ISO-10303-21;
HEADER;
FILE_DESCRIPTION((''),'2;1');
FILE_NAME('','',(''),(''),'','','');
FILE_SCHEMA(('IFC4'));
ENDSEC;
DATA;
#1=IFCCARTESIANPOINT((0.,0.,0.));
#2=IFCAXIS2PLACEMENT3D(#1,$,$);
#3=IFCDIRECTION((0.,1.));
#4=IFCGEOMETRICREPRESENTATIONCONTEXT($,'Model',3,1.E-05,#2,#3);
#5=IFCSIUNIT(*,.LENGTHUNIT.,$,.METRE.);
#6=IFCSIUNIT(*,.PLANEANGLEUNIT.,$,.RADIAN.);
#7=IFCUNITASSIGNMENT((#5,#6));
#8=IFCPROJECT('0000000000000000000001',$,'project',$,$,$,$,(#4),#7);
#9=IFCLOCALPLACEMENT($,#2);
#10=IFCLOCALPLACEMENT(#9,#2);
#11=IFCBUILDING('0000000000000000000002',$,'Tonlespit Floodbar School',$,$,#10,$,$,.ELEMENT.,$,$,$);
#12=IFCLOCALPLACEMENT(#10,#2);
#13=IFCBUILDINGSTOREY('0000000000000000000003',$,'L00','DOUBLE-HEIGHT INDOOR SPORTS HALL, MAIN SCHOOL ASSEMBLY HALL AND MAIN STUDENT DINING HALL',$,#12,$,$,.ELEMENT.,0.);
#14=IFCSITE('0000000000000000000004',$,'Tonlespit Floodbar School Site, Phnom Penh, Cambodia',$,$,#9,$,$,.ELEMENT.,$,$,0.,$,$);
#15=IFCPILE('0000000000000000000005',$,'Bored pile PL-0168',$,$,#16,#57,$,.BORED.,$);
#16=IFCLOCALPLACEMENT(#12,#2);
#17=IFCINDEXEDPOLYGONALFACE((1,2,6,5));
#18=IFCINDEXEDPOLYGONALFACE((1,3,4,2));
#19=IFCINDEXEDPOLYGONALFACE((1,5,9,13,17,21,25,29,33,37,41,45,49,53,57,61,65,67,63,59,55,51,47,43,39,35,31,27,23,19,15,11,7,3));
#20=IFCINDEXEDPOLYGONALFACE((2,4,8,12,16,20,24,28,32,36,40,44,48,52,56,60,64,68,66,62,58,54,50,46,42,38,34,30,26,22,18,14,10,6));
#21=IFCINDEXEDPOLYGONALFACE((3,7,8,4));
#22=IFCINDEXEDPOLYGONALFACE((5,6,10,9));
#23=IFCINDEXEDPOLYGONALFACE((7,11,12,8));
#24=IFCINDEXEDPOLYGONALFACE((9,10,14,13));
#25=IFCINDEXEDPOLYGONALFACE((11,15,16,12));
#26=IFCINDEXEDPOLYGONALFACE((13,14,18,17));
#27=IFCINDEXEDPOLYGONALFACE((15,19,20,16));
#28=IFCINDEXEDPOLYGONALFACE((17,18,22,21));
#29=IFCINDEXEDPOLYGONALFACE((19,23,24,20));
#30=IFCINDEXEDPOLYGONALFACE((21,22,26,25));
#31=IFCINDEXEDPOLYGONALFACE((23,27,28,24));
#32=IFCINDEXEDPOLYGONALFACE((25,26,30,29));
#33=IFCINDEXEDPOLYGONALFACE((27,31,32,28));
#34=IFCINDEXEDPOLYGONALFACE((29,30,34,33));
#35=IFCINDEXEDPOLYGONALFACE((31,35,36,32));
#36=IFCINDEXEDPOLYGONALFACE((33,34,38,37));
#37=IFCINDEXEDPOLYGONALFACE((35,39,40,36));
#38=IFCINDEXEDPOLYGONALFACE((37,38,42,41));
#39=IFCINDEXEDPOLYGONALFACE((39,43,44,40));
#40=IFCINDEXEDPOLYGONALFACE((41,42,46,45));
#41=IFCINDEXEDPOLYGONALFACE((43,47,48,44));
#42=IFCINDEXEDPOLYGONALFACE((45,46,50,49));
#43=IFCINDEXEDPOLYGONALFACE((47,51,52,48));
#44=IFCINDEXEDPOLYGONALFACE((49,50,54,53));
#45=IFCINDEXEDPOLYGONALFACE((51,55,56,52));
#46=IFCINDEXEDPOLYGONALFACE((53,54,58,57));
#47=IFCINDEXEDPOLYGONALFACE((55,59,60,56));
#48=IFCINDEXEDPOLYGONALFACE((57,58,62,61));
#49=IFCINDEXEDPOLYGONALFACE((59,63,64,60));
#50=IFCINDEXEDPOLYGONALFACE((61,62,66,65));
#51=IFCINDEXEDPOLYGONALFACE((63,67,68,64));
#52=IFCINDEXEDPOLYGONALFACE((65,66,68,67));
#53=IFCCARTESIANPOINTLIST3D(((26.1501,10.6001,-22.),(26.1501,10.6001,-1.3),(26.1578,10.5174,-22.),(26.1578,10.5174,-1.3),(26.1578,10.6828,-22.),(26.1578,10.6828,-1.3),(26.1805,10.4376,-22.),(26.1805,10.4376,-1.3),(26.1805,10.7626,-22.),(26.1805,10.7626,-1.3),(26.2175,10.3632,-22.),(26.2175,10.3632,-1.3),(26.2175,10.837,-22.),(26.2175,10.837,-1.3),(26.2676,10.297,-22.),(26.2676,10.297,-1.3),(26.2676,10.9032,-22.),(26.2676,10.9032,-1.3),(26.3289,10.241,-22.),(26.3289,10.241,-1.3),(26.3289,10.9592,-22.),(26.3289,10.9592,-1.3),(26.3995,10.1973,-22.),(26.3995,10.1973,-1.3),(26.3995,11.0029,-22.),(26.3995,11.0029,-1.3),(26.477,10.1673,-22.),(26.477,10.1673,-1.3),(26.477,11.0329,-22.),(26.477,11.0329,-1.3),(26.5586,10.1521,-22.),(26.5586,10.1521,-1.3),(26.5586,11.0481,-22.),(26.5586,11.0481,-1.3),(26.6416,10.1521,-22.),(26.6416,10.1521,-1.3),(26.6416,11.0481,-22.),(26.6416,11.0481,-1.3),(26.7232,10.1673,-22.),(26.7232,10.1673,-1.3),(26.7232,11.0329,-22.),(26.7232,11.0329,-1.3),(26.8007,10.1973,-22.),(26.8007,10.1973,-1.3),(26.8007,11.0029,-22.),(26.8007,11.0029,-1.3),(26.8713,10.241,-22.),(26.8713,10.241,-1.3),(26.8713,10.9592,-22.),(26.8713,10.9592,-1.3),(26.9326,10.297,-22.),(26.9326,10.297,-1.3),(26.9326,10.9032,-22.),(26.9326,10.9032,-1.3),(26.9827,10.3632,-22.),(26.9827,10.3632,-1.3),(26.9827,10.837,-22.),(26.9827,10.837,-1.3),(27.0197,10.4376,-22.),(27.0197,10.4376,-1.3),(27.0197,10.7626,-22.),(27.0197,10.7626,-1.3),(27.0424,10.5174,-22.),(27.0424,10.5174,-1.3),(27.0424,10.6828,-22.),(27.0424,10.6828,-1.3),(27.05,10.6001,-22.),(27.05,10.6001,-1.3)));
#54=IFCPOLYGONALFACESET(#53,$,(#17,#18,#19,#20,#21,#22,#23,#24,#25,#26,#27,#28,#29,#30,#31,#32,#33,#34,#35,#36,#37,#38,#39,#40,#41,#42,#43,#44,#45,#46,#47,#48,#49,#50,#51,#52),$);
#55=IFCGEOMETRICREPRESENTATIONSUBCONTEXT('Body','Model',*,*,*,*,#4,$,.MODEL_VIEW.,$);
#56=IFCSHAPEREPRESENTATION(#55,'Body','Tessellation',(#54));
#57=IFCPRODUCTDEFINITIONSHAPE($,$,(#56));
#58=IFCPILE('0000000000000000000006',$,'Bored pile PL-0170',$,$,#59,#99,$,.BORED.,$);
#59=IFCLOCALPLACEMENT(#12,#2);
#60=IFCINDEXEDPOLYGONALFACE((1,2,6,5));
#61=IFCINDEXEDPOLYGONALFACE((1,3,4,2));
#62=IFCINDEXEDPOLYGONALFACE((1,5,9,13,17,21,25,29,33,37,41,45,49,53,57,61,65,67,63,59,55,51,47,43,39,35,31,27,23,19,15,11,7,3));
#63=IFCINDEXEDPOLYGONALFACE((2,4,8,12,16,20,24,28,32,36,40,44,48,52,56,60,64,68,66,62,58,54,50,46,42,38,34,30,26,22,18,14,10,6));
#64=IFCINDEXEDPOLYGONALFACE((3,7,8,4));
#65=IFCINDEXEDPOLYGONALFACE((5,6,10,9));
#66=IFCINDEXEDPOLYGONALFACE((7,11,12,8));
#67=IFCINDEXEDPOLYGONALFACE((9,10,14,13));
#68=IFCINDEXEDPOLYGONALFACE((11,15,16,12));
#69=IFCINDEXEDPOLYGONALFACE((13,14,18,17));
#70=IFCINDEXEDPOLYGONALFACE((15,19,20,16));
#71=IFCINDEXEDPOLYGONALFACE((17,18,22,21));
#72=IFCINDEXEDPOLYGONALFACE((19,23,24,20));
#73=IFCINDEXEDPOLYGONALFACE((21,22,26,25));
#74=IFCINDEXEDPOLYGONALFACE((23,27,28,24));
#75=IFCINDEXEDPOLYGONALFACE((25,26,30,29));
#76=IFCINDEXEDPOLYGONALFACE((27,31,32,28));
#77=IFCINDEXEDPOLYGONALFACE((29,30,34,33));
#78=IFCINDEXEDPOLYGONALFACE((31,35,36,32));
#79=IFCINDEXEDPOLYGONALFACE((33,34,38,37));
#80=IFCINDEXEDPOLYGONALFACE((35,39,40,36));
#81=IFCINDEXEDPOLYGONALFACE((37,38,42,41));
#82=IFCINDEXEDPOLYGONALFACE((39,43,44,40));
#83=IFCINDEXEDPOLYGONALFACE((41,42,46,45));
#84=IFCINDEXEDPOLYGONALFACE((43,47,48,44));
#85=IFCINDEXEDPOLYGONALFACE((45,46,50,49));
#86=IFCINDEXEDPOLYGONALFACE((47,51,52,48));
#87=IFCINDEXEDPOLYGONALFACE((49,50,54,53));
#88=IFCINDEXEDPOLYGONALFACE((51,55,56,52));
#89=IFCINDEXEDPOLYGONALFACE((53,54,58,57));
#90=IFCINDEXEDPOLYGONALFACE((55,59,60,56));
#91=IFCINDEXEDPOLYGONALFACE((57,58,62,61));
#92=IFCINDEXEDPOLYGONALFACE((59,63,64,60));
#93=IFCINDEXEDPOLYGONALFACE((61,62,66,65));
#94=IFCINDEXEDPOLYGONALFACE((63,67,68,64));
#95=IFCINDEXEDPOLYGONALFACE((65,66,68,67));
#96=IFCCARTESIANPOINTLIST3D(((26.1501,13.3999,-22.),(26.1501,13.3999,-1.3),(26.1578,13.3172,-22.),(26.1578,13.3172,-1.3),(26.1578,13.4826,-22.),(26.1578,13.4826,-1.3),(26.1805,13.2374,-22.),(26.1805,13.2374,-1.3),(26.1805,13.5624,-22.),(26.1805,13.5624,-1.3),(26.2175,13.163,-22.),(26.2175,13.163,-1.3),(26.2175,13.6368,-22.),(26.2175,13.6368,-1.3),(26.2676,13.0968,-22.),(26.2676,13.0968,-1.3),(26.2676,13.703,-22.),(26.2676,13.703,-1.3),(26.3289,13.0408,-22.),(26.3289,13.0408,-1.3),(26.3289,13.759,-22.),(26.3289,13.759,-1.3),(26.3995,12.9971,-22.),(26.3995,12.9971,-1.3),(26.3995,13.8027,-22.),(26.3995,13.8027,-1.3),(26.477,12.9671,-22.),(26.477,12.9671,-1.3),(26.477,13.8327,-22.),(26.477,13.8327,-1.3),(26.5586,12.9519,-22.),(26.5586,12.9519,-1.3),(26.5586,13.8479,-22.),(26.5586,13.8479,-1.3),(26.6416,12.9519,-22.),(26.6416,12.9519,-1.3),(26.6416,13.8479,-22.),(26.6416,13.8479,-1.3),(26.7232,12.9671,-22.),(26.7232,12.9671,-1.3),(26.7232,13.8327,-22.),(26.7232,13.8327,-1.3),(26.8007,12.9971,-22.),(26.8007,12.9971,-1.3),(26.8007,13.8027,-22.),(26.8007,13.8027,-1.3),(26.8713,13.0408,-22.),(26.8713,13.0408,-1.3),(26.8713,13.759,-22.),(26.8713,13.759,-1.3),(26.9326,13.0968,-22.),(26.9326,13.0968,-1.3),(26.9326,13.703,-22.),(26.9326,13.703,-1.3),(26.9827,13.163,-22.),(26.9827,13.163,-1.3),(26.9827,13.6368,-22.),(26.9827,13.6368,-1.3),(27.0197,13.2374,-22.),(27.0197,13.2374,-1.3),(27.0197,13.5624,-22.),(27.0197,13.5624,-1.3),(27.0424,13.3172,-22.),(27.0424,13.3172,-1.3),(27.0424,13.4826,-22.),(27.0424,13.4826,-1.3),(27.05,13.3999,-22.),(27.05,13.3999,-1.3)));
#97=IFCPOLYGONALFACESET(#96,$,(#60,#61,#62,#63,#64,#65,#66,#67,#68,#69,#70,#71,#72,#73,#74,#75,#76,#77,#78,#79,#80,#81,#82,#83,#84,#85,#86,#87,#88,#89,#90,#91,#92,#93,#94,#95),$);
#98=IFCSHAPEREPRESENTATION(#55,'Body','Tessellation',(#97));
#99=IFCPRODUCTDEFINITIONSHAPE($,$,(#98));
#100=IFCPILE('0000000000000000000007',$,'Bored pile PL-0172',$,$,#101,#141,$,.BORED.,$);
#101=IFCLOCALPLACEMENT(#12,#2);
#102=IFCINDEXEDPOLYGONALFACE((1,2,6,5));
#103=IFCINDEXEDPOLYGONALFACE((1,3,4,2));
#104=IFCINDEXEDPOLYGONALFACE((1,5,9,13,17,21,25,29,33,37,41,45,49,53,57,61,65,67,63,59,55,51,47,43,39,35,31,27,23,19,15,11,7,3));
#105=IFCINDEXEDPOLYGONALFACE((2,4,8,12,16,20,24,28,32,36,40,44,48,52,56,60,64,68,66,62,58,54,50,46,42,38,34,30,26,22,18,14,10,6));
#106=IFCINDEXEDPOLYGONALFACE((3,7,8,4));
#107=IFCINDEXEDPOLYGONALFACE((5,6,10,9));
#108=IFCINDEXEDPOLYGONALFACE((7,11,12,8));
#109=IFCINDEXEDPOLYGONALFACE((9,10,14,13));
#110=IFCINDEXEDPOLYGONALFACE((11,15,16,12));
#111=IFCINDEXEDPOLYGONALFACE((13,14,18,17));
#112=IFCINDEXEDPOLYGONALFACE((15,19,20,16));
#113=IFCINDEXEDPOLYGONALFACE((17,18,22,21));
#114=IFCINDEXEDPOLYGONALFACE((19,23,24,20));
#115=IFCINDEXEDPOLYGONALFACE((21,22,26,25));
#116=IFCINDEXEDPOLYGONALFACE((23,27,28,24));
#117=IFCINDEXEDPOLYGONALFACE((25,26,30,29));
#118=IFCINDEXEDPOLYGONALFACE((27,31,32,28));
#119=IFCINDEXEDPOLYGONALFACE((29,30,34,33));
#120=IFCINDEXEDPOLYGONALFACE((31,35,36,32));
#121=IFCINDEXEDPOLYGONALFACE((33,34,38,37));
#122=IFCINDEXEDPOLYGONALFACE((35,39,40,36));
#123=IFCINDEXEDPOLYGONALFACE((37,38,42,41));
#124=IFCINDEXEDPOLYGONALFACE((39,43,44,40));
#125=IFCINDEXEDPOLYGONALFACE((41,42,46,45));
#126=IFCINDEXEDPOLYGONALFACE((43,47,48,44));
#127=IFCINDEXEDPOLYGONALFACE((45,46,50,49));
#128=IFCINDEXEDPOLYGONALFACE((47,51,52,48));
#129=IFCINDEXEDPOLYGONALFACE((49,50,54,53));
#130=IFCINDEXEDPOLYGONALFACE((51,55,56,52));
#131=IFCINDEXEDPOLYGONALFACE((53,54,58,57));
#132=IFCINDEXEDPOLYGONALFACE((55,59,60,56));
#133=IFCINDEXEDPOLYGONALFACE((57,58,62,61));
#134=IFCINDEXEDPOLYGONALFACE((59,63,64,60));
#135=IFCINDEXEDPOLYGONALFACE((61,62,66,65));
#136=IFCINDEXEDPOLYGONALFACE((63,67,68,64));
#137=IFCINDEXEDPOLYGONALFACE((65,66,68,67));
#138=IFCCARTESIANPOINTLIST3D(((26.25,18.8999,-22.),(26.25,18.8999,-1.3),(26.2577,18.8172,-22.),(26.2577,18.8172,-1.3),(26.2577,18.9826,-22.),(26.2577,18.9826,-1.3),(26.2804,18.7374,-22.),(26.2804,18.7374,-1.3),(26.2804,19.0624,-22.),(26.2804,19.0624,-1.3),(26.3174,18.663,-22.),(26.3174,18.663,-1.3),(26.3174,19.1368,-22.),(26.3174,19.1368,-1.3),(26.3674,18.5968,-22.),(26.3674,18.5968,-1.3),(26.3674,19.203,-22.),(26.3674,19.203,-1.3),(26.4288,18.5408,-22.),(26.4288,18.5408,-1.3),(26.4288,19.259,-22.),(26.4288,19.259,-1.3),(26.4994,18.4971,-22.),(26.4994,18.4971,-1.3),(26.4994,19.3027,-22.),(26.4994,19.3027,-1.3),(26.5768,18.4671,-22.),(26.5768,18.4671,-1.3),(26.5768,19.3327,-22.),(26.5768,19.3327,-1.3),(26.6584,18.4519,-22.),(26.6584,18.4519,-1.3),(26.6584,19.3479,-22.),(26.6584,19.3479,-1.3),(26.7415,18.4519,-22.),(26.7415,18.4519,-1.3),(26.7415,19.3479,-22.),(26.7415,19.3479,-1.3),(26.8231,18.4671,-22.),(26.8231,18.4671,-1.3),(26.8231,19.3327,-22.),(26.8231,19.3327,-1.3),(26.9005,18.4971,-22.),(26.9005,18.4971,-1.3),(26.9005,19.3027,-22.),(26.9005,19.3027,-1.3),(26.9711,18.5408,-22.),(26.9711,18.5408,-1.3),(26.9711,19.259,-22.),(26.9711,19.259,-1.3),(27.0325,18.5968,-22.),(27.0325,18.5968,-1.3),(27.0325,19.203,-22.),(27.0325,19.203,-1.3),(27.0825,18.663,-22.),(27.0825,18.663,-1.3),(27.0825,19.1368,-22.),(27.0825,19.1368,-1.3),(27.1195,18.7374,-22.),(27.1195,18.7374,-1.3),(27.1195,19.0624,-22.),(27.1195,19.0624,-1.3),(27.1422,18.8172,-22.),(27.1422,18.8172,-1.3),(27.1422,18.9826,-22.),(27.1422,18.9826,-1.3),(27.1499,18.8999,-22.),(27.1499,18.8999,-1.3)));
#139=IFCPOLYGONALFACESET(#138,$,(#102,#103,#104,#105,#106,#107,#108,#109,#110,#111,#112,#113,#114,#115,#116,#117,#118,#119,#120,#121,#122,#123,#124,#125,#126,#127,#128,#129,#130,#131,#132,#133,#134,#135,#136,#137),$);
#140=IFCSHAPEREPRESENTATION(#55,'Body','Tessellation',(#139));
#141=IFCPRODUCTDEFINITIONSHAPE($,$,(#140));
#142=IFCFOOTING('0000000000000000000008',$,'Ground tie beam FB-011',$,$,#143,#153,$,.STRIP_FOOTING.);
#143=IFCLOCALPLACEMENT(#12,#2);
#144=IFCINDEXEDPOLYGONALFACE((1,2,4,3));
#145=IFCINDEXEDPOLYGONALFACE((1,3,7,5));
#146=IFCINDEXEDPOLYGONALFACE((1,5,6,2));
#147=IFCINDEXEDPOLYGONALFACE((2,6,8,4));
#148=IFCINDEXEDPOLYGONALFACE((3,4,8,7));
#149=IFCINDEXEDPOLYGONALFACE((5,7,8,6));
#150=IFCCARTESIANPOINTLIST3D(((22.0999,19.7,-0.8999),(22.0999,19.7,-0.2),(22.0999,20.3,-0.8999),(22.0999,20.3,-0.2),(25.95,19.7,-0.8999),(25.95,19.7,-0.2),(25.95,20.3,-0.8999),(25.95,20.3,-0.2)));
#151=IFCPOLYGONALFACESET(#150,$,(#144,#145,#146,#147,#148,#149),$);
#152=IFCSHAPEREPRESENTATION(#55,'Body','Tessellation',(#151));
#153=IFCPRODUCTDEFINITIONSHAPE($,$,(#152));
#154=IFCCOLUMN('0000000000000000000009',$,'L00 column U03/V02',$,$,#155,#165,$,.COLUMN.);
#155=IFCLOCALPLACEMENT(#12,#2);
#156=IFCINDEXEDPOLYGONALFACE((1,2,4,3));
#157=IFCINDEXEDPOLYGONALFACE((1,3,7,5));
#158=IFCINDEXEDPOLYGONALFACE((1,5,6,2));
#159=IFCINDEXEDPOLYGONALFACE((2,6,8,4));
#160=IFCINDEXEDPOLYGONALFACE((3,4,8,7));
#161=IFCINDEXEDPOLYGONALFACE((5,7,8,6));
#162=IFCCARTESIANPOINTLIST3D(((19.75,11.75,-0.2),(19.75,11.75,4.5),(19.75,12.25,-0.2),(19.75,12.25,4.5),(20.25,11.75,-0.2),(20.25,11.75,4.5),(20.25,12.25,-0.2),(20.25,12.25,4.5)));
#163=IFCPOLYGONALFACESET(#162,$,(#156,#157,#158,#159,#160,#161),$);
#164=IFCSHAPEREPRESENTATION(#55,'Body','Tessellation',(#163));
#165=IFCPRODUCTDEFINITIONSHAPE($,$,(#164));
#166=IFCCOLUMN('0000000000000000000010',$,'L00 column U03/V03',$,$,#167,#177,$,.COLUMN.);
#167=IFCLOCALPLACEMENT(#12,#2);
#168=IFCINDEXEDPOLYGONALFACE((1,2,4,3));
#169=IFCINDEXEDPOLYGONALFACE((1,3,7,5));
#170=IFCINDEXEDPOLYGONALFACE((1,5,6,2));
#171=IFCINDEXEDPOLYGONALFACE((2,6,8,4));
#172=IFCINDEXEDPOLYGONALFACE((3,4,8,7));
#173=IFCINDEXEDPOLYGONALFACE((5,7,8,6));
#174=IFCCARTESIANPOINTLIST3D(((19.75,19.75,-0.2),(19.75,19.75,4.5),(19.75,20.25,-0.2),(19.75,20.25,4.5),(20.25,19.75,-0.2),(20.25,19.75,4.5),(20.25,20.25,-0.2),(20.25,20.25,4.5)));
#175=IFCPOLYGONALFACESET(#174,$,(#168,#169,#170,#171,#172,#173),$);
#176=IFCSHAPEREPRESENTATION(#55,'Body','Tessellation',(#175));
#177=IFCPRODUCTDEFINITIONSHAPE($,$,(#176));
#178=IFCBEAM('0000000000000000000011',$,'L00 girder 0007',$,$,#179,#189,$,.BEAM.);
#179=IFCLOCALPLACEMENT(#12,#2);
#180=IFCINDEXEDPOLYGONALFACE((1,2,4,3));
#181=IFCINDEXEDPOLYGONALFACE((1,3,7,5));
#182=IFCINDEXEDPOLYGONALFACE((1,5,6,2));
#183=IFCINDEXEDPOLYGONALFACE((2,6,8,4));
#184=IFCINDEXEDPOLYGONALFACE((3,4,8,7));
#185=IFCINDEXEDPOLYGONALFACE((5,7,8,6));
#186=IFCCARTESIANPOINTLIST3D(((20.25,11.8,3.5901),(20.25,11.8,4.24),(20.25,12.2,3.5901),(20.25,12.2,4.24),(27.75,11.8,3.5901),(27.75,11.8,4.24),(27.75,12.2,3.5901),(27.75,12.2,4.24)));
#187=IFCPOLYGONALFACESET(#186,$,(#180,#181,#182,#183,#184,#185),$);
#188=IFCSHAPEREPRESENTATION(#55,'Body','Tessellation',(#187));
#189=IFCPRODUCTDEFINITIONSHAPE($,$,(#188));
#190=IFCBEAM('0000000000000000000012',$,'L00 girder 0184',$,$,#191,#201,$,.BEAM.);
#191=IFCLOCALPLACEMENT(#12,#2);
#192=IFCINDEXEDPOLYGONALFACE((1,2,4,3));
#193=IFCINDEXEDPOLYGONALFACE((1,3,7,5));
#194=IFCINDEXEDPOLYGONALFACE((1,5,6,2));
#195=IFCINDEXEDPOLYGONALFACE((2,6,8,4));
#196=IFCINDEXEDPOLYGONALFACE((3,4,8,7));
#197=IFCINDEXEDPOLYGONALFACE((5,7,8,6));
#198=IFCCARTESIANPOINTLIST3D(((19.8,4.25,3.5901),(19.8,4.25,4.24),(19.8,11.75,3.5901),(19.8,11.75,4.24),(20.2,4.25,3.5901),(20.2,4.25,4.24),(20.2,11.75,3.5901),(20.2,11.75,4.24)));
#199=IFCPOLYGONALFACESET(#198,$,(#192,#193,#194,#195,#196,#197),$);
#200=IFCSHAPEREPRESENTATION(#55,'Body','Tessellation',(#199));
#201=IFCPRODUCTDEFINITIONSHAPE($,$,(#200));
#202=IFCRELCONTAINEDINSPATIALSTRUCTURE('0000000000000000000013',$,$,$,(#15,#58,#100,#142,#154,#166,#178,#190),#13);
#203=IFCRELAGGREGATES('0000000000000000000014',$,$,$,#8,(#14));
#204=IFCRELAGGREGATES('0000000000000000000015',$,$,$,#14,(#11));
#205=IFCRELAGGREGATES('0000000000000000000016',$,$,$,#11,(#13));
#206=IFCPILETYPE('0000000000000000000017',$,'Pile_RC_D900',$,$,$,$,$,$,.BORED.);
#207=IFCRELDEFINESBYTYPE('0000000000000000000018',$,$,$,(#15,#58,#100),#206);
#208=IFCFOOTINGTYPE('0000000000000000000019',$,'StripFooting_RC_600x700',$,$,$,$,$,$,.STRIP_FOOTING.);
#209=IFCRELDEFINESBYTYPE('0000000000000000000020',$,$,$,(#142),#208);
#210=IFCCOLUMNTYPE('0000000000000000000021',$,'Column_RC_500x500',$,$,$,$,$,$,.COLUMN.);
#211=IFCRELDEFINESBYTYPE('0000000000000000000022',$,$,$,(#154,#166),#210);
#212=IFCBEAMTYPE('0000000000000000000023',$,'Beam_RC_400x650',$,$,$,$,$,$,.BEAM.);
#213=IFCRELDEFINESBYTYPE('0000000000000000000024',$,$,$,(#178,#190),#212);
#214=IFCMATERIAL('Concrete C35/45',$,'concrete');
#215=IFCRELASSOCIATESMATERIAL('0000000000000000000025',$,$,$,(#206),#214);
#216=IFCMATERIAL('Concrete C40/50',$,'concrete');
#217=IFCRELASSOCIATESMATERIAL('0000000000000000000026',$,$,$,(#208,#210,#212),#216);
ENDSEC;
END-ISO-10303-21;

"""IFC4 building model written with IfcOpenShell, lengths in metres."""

from ifc_helpers import new_model, si_unit, direction, frame, origin, origin_2d, place, context, subcontext, project, spatial, rectangle, circle, extrude, material, material_profile, profile_set, type_object, element, save


model = new_model("IFC4")

# Units and contexts
model_context = context("Model", 3, precision=1e-05, world=origin(), true_north=direction((0.0, 1.0)))
body_context = subcontext(model_context, "Body", "Model", "MODEL_VIEW")
ifc_project = project(units=[si_unit("LENGTHUNIT", "METRE"), si_unit("PLANEANGLEUNIT", "RADIAN")], contexts=[model_context])

# Site, building, storey
site_placement = place(None, origin())
site = spatial("IfcSite", under=ifc_project, at=site_placement, Name="Tonlespit Floodbar School Site, Phnom Penh, Cambodia", CompositionType="ELEMENT", RefElevation=0.0)
building_placement = place(site_placement, origin())
building = spatial("IfcBuilding", under=site, at=building_placement, Name="Tonlespit Floodbar School", CompositionType="ELEMENT")
storey_placement = place(building_placement, origin())
storey = spatial("IfcBuildingStorey", under=building, at=storey_placement, Name="L00", Description="DOUBLE-HEIGHT INDOOR SPORTS HALL, MAIN SCHOOL ASSEMBLY HALL AND MAIN STUDENT DINING HALL", CompositionType="ELEMENT", Elevation=0.0)

# Shared definitions
ifc_material_1 = material(Name="Concrete C40/50", Category="concrete")

# Piles
ifc_material_2 = material(Name="Concrete C35/45", Category="concrete")
ifc_material_profile_1 = material_profile(ifc_material_2, circle(Radius=0.45, at=origin_2d()), Name="BP D900")
ifc_profile_set_1 = profile_set([ifc_material_profile_1], Name="Concrete C35/45")
pile_type = type_object("IfcPileType", Name="Pile_RC_D900", PredefinedType="BORED", material=ifc_profile_set_1)
for number, where, z_axis, x_axis, name in (
    (1, (26.6001, 10.6001, -1.3), (0.0, 0.0, -1.0), (1.0, 0.0, 0.0), "Bored pile PL-0168"),
    (2, (26.6001, 13.3999, -1.3), (0.0, 0.0, -1.0), (1.0, 0.0, 0.0), "Bored pile PL-0170"),
    (3, (26.7, 18.8999, -1.3), (0.0, 0.0, -1.0), (1.0, 0.0, 0.0), "Bored pile PL-0172"),
):
    element("IfcPile", number, at=place(storey_placement, frame(where, z_axis=z_axis, x_axis=x_axis)), inside=storey, type_object=pile_type, Name=name, PredefinedType="BORED", context=body_context, shape_type="SweptSolid", body=[
        extrude(circle(Radius=0.45, at=origin_2d()), origin(), (0.0, 0.0, 1.0), 20.7),
    ])

# Footing
footing_type_1 = type_object("IfcFootingType", Name="StripFooting_RC_600x700", PredefinedType="STRIP_FOOTING", material=ifc_material_1)
footing_1_placement = place(storey_placement, frame((24.0249, 20.0, -0.8999), z_axis=(0.0, 0.0, 1.0), x_axis=(1.0, 0.0, 0.0)))
element("IfcFooting", 4, at=footing_1_placement, inside=storey, type_object=footing_type_1, Name="Ground tie beam FB-011", PredefinedType="STRIP_FOOTING", context=body_context, shape_type="SweptSolid", body=[
    extrude(rectangle(XDim=3.8501, YDim=0.6001, at=origin_2d()), origin(), (0.0, 0.0, 1.0), 0.7),
])

# Columns
ifc_material_profile_2 = material_profile(ifc_material_1, rectangle(XDim=0.5, YDim=0.5, at=origin_2d()), Name="RC 500x500")
ifc_profile_set_2 = profile_set([ifc_material_profile_2], Name="Concrete C40/50")
column_type = type_object("IfcColumnType", Name="Column_RC_500x500", PredefinedType="COLUMN", material=ifc_profile_set_2)
for number, where, z_axis, x_axis, name in (
    (5, (20.0, 12.0, -0.2), (0.0, 0.0, 1.0), (1.0, 0.0, 0.0), "L00 column U03/V02"),
    (6, (20.0, 20.0, -0.2), (0.0, 0.0, 1.0), (1.0, 0.0, 0.0), "L00 column U03/V03"),
):
    element("IfcColumn", number, at=place(storey_placement, frame(where, z_axis=z_axis, x_axis=x_axis)), inside=storey, type_object=column_type, Name=name, PredefinedType="COLUMN", context=body_context, shape_type="SweptSolid", body=[
        extrude(rectangle(XDim=0.5, YDim=0.5, at=origin_2d()), origin(), (0.0, 0.0, 1.0), 4.7),
    ])

# Beams
ifc_material_profile_3 = material_profile(ifc_material_1, rectangle(XDim=0.3999, YDim=0.6499, at=origin_2d()), Name="RC 400x650")
ifc_profile_set_3 = profile_set([ifc_material_profile_3], Name="Concrete C40/50")
beam_type_1 = type_object("IfcBeamType", Name="Beam_RC_400x650", PredefinedType="BEAM", material=ifc_profile_set_3)
for number, where, z_axis, x_axis, name in (
    (7, (20.25, 12.0, 3.915), (1.0, 0.0, 0.0), (0.0, 1.0, 0.0), "L00 girder 0007"),
    (8, (20.0, 4.25, 3.915), (0.0, 1.0, 0.0), (-1.0, 0.0, 0.0), "L00 girder 0184"),
):
    element("IfcBeam", number, at=place(storey_placement, frame(where, z_axis=z_axis, x_axis=x_axis)), inside=storey, type_object=beam_type_1, Name=name, PredefinedType="BEAM", context=body_context, shape_type="SweptSolid", body=[
        extrude(rectangle(XDim=0.3999, YDim=0.6499, at=origin_2d()), origin(), (0.0, 0.0, 1.0), 7.5),
    ])

save(model, "model.ifc")
